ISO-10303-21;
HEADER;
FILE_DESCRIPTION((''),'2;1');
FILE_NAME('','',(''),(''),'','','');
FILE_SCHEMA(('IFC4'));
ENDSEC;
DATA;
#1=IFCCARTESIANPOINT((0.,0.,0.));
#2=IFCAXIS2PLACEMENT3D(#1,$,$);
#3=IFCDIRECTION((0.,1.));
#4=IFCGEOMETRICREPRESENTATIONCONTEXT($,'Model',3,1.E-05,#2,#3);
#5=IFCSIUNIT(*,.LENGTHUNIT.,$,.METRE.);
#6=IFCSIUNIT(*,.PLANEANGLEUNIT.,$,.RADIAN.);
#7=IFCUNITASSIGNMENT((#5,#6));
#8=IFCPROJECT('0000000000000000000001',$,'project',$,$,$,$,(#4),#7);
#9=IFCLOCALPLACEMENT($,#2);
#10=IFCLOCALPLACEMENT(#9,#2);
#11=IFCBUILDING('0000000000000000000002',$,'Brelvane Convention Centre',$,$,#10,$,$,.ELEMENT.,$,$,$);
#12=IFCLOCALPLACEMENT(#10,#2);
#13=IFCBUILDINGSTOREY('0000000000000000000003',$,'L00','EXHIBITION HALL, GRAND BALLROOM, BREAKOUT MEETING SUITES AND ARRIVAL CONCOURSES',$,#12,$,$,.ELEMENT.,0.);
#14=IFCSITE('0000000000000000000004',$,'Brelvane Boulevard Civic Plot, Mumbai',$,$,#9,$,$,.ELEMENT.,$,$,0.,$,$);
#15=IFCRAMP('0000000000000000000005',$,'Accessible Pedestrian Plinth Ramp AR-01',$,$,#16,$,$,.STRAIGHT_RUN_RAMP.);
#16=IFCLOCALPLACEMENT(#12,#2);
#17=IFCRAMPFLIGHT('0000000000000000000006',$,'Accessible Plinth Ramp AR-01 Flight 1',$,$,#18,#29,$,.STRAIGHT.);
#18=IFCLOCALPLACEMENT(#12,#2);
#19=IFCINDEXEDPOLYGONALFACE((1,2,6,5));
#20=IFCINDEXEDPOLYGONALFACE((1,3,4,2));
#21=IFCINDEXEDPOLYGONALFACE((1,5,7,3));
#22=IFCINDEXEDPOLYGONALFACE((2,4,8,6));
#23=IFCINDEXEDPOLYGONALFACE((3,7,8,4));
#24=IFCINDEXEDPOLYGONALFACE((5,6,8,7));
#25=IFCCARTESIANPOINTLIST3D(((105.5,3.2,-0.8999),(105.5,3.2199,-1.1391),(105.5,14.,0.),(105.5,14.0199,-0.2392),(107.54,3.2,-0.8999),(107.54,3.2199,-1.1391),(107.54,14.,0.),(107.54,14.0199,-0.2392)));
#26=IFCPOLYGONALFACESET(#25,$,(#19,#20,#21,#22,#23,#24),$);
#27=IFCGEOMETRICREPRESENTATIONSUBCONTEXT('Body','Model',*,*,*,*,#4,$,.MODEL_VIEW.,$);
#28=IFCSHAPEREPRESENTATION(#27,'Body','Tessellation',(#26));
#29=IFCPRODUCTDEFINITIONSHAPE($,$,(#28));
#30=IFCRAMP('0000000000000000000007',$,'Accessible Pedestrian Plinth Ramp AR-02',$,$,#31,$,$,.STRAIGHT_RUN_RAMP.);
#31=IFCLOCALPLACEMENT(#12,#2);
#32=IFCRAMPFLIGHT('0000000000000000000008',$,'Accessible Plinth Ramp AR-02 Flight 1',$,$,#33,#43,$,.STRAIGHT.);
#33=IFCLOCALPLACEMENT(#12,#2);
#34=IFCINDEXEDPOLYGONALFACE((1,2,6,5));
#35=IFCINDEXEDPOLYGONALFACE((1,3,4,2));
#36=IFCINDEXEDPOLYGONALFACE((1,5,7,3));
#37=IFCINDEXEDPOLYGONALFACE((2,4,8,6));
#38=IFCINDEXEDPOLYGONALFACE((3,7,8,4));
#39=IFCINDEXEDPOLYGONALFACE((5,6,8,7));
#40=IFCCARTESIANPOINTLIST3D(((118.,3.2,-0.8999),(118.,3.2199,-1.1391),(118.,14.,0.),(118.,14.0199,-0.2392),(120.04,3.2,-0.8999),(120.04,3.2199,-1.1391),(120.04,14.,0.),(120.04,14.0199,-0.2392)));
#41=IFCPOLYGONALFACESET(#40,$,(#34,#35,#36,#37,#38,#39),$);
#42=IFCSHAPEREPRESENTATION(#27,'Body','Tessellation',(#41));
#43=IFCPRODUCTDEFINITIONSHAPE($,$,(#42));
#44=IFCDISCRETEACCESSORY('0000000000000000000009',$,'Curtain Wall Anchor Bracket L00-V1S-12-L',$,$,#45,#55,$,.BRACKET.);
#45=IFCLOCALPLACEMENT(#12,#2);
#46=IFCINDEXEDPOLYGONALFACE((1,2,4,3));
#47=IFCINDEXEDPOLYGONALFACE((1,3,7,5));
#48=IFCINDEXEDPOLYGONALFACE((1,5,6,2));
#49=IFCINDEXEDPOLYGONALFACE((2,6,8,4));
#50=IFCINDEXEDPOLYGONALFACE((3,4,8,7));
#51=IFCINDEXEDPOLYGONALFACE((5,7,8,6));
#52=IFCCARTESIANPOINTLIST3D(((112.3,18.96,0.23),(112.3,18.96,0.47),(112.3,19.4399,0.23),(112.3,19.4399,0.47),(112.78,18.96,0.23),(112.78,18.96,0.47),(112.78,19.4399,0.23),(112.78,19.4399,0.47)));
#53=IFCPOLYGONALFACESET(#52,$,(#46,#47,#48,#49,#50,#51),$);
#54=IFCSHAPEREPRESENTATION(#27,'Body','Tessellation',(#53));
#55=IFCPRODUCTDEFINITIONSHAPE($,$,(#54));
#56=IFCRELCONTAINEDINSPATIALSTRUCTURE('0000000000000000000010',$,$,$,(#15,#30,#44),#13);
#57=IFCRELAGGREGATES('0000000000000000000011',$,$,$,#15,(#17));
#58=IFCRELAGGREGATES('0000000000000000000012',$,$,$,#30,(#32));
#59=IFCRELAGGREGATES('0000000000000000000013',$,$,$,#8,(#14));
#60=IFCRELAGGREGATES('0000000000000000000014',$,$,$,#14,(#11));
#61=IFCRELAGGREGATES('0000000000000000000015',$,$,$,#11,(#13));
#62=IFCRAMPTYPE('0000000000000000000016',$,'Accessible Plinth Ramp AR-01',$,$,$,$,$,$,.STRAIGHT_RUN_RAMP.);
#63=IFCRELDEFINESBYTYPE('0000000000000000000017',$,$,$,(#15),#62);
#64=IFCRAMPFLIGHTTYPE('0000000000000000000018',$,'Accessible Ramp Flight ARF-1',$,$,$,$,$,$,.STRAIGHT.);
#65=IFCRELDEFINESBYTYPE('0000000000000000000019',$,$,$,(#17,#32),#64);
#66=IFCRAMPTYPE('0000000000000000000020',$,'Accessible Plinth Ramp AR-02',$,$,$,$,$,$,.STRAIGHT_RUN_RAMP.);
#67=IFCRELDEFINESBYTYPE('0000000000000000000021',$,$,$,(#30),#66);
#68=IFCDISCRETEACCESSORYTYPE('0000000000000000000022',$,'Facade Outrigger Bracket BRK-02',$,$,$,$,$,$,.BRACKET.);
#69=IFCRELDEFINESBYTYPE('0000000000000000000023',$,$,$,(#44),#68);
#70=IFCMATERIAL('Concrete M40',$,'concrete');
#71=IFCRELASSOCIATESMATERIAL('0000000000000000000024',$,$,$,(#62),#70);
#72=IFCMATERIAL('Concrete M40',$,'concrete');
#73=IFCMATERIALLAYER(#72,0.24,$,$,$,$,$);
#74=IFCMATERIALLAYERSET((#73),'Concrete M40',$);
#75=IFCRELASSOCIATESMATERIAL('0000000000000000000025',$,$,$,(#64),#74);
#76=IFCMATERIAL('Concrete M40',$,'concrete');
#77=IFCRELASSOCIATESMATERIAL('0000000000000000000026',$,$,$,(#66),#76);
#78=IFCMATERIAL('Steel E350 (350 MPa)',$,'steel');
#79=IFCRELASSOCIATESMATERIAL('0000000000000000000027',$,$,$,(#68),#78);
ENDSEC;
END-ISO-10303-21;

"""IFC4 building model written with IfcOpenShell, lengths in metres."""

from ifc_helpers import new_model, si_unit, direction, frame, origin, origin_2d, place, context, subcontext, project, spatial, polyline, rectangle, outline, extrude, material, layer, layer_set, type_object, element, aggregate, save


model = new_model("IFC4")

# Units and contexts
model_context = context("Model", 3, precision=1e-05, world=origin(), true_north=direction((0.0, 1.0)))
body_context = subcontext(model_context, "Body", "Model", "MODEL_VIEW")
ifc_project = project(units=[si_unit("LENGTHUNIT", "METRE"), si_unit("PLANEANGLEUNIT", "RADIAN")], contexts=[model_context])

# Site, building, storey
site_placement = place(None, origin())
site = spatial("IfcSite", under=ifc_project, at=site_placement, Name="Brelvane Boulevard Civic Plot, Mumbai", CompositionType="ELEMENT", RefElevation=0.0)
building_placement = place(site_placement, origin())
building = spatial("IfcBuilding", under=site, at=building_placement, Name="Brelvane Convention Centre", CompositionType="ELEMENT")
storey_placement = place(building_placement, origin())
storey = spatial("IfcBuildingStorey", under=building, at=storey_placement, Name="L00", Description="EXHIBITION HALL, GRAND BALLROOM, BREAKOUT MEETING SUITES AND ARRIVAL CONCOURSES", CompositionType="ELEMENT", Elevation=0.0)

# Ramps, ramp flights
ifc_material_1 = material(Name="Concrete M40", Category="concrete")
ramp_type_1 = type_object("IfcRampType", Name="Accessible Plinth Ramp AR-01", PredefinedType="STRAIGHT_RUN_RAMP", material=ifc_material_1)
ramp_1_placement = place(storey_placement, origin())
ramp_1 = element("IfcRamp", 1, at=ramp_1_placement, inside=storey, type_object=ramp_type_1, Name="Accessible Pedestrian Plinth Ramp AR-01", PredefinedType="STRAIGHT_RUN_RAMP")
ifc_material_2 = material(Name="Concrete M40", Category="concrete")
ifc_layer_1 = layer(ifc_material_2, 0.24)
ifc_layer_set_1 = layer_set([ifc_layer_1], Name="Concrete M40")
ramp_flight_type = type_object("IfcRampFlightType", Name="Accessible Ramp Flight ARF-1", PredefinedType="STRAIGHT", material=ifc_layer_set_1)
ramp_flight_1_placement = place(storey_placement, frame((105.5, 3.2, -0.8999), z_axis=(0.0, -0.083036, 0.996547), x_axis=(1.0, 0.0, 0.0)))
ramp_flight_1 = element("IfcRampFlight", 2, at=ramp_flight_1_placement, type_object=ramp_flight_type, Name="Accessible Plinth Ramp AR-01 Flight 1", PredefinedType="STRAIGHT", context=body_context, shape_type="SweptSolid", body=[
    extrude(outline(polyline([(0.0, 0.0), (2.04, 0.0), (2.04, 10.8375), (0.0, 10.8375), (0.0, 0.0)])), origin(), (0.0, 0.0, -1.0), 0.24),
])
aggregate(ramp_1, [ramp_flight_1])
ifc_material_3 = material(Name="Concrete M40", Category="concrete")
ramp_type_2 = type_object("IfcRampType", Name="Accessible Plinth Ramp AR-02", PredefinedType="STRAIGHT_RUN_RAMP", material=ifc_material_3)
ramp_2_placement = place(storey_placement, origin())
ramp_2 = element("IfcRamp", 3, at=ramp_2_placement, inside=storey, type_object=ramp_type_2, Name="Accessible Pedestrian Plinth Ramp AR-02", PredefinedType="STRAIGHT_RUN_RAMP")
ramp_flight_2_placement = place(storey_placement, frame((118.0, 3.2, -0.8999), z_axis=(0.0, -0.083036, 0.996547), x_axis=(1.0, 0.0, 0.0)))
ramp_flight_2 = element("IfcRampFlight", 4, at=ramp_flight_2_placement, type_object=ramp_flight_type, Name="Accessible Plinth Ramp AR-02 Flight 1", PredefinedType="STRAIGHT", context=body_context, shape_type="SweptSolid", body=[
    extrude(outline(polyline([(0.0, 0.0), (2.04, 0.0), (2.04, 10.8375), (0.0, 10.8375), (0.0, 0.0)])), origin(), (0.0, 0.0, -1.0), 0.24),
])
aggregate(ramp_2, [ramp_flight_2])

# Discrete accessory
ifc_material_4 = material(Name="Steel E350 (350 MPa)", Category="steel")
discrete_accessory_type = type_object("IfcDiscreteAccessoryType", Name="Facade Outrigger Bracket BRK-02", PredefinedType="BRACKET", material=ifc_material_4)
discrete_accessory_placement = place(storey_placement, frame((112.54, 19.2, 0.23), z_axis=(0.0, 0.0, 1.0), x_axis=(1.0, 0.0, 0.0)))
element("IfcDiscreteAccessory", 5, at=discrete_accessory_placement, inside=storey, type_object=discrete_accessory_type, Name="Curtain Wall Anchor Bracket L00-V1S-12-L", PredefinedType="BRACKET", context=body_context, shape_type="SweptSolid", body=[
    extrude(rectangle(XDim=0.48, YDim=0.48, at=origin_2d()), origin(), (0.0, 0.0, 1.0), 0.24),
])

save(model, "model.ifc")
